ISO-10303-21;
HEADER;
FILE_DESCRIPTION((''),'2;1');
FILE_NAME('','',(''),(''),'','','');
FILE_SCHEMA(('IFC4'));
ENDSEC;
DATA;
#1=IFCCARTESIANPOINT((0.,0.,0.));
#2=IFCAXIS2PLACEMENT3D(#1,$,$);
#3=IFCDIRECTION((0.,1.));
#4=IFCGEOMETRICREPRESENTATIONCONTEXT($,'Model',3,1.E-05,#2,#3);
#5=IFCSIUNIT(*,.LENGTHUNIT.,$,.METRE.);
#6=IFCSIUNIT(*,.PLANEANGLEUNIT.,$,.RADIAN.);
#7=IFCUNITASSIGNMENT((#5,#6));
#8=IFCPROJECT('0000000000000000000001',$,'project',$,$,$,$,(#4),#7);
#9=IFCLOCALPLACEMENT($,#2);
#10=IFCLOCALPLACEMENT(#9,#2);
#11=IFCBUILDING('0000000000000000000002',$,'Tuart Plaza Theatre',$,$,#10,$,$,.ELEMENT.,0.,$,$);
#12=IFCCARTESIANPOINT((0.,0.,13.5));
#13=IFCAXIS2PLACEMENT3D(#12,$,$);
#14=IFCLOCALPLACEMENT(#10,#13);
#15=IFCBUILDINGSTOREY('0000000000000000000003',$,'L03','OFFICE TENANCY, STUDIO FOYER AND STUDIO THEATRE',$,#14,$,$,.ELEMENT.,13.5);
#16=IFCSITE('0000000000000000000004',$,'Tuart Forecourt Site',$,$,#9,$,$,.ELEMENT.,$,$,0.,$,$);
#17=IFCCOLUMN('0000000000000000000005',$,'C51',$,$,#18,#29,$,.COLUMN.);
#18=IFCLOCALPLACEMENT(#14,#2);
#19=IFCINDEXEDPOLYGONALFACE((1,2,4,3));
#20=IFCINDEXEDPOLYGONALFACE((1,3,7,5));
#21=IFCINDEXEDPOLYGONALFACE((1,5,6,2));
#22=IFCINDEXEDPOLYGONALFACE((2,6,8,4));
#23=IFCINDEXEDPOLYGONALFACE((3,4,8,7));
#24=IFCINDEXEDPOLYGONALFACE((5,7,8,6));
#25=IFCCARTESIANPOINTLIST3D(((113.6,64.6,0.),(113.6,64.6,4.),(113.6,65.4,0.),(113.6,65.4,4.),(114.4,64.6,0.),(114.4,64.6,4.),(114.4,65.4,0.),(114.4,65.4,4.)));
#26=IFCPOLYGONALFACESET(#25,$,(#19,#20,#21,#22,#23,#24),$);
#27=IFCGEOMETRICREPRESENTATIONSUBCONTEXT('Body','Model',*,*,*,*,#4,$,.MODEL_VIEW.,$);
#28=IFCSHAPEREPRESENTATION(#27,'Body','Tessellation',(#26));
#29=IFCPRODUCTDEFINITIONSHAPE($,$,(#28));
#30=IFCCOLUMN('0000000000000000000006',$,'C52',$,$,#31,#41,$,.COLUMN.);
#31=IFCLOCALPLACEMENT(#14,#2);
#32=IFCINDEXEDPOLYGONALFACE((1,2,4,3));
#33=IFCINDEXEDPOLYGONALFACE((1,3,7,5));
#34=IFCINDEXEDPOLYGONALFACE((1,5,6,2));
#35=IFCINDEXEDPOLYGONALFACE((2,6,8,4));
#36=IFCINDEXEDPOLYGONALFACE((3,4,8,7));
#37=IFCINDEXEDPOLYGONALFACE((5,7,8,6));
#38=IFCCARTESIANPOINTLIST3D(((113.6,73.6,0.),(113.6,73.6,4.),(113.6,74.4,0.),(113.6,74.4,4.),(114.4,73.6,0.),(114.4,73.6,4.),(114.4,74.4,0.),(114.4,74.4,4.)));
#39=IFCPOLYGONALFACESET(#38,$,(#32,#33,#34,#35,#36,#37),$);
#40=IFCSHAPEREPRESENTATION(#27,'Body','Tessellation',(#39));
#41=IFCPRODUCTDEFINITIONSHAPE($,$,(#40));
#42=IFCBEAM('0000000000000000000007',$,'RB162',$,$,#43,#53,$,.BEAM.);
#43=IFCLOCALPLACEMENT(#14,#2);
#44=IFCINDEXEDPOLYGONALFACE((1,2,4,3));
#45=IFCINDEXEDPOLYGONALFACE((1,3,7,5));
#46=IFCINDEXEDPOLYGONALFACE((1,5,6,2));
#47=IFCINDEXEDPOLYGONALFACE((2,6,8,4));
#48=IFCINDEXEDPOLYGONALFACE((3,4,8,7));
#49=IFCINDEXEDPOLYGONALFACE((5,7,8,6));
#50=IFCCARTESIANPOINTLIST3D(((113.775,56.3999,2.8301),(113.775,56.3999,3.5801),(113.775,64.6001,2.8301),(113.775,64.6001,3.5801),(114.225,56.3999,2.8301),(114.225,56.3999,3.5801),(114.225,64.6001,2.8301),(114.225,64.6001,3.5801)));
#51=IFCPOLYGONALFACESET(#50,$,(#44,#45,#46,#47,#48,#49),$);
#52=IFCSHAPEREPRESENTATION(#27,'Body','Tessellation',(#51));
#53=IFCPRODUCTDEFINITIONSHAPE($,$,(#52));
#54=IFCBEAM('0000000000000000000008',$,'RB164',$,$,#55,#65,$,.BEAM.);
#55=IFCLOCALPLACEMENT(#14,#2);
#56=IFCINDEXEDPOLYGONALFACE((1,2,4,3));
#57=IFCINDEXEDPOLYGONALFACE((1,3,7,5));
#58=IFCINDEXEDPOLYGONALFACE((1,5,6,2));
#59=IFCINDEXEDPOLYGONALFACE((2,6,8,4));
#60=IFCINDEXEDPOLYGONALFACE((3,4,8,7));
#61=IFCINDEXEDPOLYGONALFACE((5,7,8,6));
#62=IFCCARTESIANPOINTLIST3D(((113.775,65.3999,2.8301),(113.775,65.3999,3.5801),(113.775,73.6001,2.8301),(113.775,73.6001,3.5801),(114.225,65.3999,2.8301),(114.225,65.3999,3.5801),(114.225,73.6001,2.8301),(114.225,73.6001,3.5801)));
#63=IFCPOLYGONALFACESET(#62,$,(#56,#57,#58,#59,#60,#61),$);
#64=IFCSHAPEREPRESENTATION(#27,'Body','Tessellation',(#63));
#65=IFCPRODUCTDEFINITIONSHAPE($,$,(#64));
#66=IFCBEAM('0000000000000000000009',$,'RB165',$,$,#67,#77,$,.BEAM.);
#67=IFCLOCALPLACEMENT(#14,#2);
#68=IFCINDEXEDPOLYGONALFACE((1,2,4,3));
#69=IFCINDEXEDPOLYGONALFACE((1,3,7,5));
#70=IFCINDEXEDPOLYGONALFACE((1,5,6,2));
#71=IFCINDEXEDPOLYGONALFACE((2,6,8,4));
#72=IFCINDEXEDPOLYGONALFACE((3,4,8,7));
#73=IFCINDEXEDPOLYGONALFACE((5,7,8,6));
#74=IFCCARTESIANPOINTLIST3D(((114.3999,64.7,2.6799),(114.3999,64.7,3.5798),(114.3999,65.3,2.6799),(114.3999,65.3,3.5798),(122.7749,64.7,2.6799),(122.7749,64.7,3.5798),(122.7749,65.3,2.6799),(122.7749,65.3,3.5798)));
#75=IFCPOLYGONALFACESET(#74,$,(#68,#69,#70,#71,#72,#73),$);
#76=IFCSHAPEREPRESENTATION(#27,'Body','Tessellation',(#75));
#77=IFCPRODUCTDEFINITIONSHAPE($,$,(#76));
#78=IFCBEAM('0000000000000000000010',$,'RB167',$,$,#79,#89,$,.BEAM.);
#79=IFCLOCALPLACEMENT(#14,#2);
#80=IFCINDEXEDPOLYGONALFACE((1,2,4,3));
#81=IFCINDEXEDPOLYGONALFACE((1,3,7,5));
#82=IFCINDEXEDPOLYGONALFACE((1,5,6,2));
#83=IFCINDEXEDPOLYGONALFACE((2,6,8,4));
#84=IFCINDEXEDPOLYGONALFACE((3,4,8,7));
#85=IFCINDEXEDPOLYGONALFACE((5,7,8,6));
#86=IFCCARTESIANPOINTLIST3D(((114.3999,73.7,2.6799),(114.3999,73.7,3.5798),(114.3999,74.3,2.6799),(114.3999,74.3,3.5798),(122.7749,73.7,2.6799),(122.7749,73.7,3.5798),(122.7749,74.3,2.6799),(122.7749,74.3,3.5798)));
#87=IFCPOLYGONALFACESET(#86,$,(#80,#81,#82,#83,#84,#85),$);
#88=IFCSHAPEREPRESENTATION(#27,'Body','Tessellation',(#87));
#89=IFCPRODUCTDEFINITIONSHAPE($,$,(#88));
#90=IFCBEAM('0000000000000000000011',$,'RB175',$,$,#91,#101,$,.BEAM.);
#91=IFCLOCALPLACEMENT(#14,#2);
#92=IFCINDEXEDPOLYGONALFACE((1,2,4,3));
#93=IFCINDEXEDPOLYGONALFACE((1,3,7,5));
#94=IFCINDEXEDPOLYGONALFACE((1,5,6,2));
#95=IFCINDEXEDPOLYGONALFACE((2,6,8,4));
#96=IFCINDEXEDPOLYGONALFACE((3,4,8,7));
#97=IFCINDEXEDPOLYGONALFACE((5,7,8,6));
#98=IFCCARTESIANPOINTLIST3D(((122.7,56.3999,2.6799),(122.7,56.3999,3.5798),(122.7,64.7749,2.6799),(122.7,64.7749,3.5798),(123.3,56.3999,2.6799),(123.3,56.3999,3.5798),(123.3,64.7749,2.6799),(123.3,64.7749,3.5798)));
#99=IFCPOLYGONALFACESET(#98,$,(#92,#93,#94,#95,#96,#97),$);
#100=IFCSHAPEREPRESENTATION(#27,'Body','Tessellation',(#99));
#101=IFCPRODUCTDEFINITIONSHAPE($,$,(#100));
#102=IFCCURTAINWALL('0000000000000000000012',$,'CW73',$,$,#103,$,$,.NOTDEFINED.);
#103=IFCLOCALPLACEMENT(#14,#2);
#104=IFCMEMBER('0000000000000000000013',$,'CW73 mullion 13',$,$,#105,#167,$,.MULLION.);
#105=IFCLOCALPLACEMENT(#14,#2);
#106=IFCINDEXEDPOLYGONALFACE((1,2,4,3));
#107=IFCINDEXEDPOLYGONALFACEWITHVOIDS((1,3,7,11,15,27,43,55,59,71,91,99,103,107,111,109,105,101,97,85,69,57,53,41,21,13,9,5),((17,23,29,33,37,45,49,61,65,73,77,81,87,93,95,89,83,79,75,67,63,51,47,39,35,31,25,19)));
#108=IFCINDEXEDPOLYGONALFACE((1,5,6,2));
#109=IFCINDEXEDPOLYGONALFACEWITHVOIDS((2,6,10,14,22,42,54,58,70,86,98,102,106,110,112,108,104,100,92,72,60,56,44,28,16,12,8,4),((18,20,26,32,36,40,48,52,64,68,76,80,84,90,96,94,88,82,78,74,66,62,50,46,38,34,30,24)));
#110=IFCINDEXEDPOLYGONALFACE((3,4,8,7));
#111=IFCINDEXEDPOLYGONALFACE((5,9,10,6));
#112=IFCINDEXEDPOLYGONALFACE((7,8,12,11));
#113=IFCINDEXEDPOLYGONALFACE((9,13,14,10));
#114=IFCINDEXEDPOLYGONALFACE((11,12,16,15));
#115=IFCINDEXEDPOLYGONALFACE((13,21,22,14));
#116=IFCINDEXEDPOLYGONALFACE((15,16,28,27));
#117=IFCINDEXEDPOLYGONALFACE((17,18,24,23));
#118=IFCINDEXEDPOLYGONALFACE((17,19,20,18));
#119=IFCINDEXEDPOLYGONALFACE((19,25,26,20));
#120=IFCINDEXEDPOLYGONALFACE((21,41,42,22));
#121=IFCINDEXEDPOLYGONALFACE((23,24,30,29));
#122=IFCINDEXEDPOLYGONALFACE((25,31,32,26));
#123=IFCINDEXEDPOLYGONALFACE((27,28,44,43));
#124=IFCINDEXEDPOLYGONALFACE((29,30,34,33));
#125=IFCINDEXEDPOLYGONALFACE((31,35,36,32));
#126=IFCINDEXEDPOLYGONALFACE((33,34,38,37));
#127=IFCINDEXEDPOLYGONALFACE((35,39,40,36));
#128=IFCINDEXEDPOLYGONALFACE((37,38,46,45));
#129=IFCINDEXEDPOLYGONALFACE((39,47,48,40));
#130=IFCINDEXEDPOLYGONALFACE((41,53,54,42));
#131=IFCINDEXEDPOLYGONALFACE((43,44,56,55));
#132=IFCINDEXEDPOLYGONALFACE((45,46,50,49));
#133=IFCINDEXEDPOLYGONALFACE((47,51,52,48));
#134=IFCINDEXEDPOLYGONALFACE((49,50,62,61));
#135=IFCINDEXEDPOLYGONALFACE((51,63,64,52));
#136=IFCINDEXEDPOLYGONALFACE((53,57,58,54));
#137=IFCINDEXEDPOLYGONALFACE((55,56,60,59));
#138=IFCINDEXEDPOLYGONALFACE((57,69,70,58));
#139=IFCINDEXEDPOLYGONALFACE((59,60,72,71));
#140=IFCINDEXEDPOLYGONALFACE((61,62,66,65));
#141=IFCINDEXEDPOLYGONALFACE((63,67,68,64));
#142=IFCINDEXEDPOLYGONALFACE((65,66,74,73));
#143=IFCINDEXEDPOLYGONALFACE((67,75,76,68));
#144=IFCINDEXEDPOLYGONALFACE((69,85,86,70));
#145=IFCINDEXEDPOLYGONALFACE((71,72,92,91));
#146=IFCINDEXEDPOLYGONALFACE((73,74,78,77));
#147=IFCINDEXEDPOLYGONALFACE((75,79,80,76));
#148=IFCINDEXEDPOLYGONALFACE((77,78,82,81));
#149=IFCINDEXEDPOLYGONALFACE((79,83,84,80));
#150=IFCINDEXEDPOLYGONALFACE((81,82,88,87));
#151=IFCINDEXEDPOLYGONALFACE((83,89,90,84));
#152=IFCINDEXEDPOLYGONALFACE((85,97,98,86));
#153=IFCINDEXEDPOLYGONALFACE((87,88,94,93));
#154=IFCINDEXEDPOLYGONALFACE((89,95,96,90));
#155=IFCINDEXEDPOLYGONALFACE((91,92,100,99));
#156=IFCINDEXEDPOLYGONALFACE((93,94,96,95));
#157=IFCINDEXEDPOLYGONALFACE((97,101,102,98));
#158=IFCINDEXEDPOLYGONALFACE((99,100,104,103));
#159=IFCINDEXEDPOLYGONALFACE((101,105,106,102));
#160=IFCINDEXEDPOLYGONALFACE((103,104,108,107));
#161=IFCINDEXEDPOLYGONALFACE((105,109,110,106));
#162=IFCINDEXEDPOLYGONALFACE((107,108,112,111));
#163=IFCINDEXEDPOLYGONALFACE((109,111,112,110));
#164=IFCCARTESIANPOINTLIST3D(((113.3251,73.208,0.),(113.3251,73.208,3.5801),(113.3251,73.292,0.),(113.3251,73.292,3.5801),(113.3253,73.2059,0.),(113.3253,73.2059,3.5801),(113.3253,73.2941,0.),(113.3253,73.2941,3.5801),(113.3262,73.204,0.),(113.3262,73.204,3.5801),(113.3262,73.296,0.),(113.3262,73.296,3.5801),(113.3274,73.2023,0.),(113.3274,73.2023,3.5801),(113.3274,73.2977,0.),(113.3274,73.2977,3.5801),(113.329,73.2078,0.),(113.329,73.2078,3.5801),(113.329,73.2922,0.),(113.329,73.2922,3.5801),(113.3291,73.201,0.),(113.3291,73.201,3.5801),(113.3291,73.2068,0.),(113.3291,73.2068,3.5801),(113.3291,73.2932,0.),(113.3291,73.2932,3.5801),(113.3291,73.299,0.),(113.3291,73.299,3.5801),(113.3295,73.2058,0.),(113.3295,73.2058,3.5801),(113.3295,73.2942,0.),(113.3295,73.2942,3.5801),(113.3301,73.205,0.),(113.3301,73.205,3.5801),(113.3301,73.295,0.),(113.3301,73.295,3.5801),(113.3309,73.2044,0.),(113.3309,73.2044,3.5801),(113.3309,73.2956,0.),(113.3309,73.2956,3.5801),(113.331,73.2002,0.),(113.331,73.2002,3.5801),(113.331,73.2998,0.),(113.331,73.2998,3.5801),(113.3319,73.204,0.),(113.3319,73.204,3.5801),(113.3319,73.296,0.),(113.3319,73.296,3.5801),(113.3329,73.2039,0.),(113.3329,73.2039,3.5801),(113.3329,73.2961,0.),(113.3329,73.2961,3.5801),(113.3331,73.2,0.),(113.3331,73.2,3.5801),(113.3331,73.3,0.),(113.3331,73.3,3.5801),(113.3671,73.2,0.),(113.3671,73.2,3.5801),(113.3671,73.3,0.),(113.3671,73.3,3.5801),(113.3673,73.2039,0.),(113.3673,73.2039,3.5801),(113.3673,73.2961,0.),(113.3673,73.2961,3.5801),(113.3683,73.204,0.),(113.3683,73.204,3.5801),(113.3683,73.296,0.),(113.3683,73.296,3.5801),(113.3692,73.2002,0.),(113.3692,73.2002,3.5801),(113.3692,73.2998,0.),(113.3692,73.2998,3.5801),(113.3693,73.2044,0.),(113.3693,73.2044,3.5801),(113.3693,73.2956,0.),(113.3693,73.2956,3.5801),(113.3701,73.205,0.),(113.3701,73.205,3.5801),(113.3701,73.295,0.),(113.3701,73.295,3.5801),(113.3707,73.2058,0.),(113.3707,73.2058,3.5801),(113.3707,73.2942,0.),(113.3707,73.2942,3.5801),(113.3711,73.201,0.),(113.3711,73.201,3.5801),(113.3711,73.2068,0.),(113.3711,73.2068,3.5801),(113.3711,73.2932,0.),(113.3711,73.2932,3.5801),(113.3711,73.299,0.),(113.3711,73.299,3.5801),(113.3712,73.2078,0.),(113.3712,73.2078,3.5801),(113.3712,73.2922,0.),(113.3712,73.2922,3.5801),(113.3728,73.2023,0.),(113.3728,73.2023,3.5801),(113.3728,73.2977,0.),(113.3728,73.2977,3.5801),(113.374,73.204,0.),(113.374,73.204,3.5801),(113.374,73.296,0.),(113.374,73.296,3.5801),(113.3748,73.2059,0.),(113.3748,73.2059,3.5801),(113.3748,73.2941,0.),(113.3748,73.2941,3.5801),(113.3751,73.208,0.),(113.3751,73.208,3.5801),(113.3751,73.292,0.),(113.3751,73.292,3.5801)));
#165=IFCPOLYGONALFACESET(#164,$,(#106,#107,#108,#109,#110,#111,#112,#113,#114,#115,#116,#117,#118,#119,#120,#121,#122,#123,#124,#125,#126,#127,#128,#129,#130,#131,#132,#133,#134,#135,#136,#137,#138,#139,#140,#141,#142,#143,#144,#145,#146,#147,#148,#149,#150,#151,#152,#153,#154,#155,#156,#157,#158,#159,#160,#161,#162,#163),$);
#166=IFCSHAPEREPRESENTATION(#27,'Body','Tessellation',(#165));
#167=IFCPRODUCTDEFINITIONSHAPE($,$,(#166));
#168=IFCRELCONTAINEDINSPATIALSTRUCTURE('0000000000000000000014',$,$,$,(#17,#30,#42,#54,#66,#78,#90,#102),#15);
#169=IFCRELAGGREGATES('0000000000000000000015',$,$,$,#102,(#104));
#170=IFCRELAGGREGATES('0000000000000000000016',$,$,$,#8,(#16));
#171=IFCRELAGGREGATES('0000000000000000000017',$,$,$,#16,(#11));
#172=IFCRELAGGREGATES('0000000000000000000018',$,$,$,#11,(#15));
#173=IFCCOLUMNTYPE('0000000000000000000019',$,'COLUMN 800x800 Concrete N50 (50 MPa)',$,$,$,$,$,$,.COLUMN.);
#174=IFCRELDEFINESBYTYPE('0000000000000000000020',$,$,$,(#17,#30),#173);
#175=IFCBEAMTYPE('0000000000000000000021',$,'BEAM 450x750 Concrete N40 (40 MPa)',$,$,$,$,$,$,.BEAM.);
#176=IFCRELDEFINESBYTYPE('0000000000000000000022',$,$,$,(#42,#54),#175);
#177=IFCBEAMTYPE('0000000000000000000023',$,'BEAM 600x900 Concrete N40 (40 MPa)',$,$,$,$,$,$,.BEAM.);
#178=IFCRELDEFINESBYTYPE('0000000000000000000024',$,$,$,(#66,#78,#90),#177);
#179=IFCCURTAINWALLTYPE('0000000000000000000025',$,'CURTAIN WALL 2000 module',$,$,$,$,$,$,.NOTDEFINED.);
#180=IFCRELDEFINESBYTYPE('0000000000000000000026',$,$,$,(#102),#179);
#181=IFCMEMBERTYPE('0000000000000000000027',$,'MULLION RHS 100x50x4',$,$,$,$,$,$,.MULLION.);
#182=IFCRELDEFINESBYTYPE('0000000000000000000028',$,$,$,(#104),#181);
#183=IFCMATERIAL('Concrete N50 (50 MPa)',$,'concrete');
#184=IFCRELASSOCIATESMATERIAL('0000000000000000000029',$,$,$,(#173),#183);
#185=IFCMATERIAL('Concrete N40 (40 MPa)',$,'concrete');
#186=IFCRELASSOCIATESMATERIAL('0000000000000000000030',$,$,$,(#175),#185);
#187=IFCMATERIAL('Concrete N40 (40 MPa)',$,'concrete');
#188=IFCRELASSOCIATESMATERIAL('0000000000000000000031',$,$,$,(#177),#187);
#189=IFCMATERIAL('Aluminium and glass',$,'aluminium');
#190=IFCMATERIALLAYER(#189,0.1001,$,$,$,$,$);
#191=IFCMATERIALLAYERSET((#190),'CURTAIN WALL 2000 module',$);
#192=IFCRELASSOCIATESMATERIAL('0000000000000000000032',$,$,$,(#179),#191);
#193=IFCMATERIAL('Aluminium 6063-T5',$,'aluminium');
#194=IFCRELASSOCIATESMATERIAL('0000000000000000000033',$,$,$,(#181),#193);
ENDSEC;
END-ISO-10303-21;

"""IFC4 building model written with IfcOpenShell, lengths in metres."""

from ifc_helpers import new_model, si_unit, direction, frame, origin, origin_2d, place, context, subcontext, project, spatial, rectangle, hollow_rectangle, extrude, material, layer, layer_set, material_profile, profile_set, type_object, element, aggregate, save


model = new_model("IFC4")

# Units and contexts
model_context = context("Model", 3, precision=1e-05, world=origin(), true_north=direction((0.0, 1.0)))
body_context = subcontext(model_context, "Body", "Model", "MODEL_VIEW")
ifc_project = project(units=[si_unit("LENGTHUNIT", "METRE"), si_unit("PLANEANGLEUNIT", "RADIAN")], contexts=[model_context])

# Site, building, storey
site_placement = place(None, origin())
site = spatial("IfcSite", under=ifc_project, at=site_placement, Name="Tuart Forecourt Site", CompositionType="ELEMENT", RefElevation=0.0)
building_placement = place(site_placement, origin())
building = spatial("IfcBuilding", under=site, at=building_placement, Name="Tuart Plaza Theatre", CompositionType="ELEMENT", ElevationOfRefHeight=0.0)
storey_placement = place(building_placement, frame((0.0, 0.0, 13.5)))
storey = spatial("IfcBuildingStorey", under=building, at=storey_placement, Name="L03", Description="OFFICE TENANCY, STUDIO FOYER AND STUDIO THEATRE", CompositionType="ELEMENT", Elevation=13.5)

# Columns
ifc_material_1 = material(Name="Concrete N50 (50 MPa)", Category="concrete")
ifc_material_profile_1 = material_profile(ifc_material_1, rectangle(XDim=0.8, YDim=0.8, at=origin_2d()), Name="COLUMN 800x800 Concrete N50 (50 MPa)")
ifc_profile_set_1 = profile_set([ifc_material_profile_1], Name="Concrete N50 (50 MPa)")
column_type = type_object("IfcColumnType", Name="COLUMN 800x800 Concrete N50 (50 MPa)", PredefinedType="COLUMN", material=ifc_profile_set_1)
for number, where, z_axis, x_axis, name in (
    (1, (114.0, 65.0, 0.0), (0.0, 0.0, 1.0), (1.0, 0.0, 0.0), "C51"),
    (2, (114.0, 74.0, 0.0), (0.0, 0.0, 1.0), (1.0, 0.0, 0.0), "C52"),
):
    element("IfcColumn", number, at=place(storey_placement, frame(where, z_axis=z_axis, x_axis=x_axis)), inside=storey, type_object=column_type, Name=name, PredefinedType="COLUMN", context=body_context, shape_type="SweptSolid", body=[
        extrude(rectangle(XDim=0.8, YDim=0.8, at=origin_2d()), origin(), (0.0, 0.0, 1.0), 4.0),
    ])

# Beams
ifc_material_2 = material(Name="Concrete N40 (40 MPa)", Category="concrete")
ifc_material_profile_2 = material_profile(ifc_material_2, rectangle(XDim=0.45, YDim=0.75, at=origin_2d()), Name="BEAM 450x750 Concrete N40 (40 MPa)")
ifc_profile_set_2 = profile_set([ifc_material_profile_2], Name="Concrete N40 (40 MPa)")
beam_type_1 = type_object("IfcBeamType", Name="BEAM 450x750 Concrete N40 (40 MPa)", PredefinedType="BEAM", material=ifc_profile_set_2)
for number, where, z_axis, x_axis, name in (
    (3, (114.0, 56.3999, 3.2051), (0.0, 1.0, 0.0), (-1.0, 0.0, 0.0), "RB162"),
    (4, (114.0, 65.3999, 3.2051), (0.0, 1.0, 0.0), (-1.0, 0.0, 0.0), "RB164"),
):
    element("IfcBeam", number, at=place(storey_placement, frame(where, z_axis=z_axis, x_axis=x_axis)), inside=storey, type_object=beam_type_1, Name=name, PredefinedType="BEAM", context=body_context, shape_type="SweptSolid", body=[
        extrude(rectangle(XDim=0.45, YDim=0.75, at=origin_2d()), origin(), (0.0, 0.0, 1.0), 8.2002),
    ])
ifc_material_3 = material(Name="Concrete N40 (40 MPa)", Category="concrete")
ifc_material_profile_3 = material_profile(ifc_material_3, rectangle(XDim=0.6001, YDim=0.8999, at=origin_2d()), Name="BEAM 600x900 Concrete N40 (40 MPa)")
ifc_profile_set_3 = profile_set([ifc_material_profile_3], Name="Concrete N40 (40 MPa)")
beam_type_2 = type_object("IfcBeamType", Name="BEAM 600x900 Concrete N40 (40 MPa)", PredefinedType="BEAM", material=ifc_profile_set_3)
for number, where, z_axis, x_axis, name in (
    (5, (114.3999, 65.0, 3.1299), (1.0, 0.0, 0.0), (0.0, 1.0, 0.0), "RB165"),
    (6, (114.3999, 74.0, 3.1299), (1.0, 0.0, 0.0), (0.0, 1.0, 0.0), "RB167"),
    (7, (123.0, 56.3999, 3.1299), (0.0, 1.0, 0.0), (-1.0, 0.0, 0.0), "RB175"),
):
    element("IfcBeam", number, at=place(storey_placement, frame(where, z_axis=z_axis, x_axis=x_axis)), inside=storey, type_object=beam_type_2, Name=name, PredefinedType="BEAM", context=body_context, shape_type="SweptSolid", body=[
        extrude(rectangle(XDim=0.6001, YDim=0.8999, at=origin_2d()), origin(), (0.0, 0.0, 1.0), 8.375),
    ])

# Curtain wall, member
ifc_material_4 = material(Name="Aluminium and glass", Category="aluminium")
ifc_layer_1 = layer(ifc_material_4, 0.1001)
ifc_layer_set_1 = layer_set([ifc_layer_1], Name="CURTAIN WALL 2000 module")
curtain_wall_type = type_object("IfcCurtainWallType", Name="CURTAIN WALL 2000 module", PredefinedType="NOTDEFINED", material=ifc_layer_set_1)
curtain_wall_placement = place(storey_placement, origin())
curtain_wall = element("IfcCurtainWall", 8, at=curtain_wall_placement, inside=storey, type_object=curtain_wall_type, Name="CW73", PredefinedType="NOTDEFINED")
ifc_material_5 = material(Name="Aluminium 6063-T5", Category="aluminium")
ifc_material_profile_4 = material_profile(ifc_material_5, hollow_rectangle(XDim=0.05, YDim=0.1001, WallThickness=0.0039, InnerFilletRadius=0.0039, OuterFilletRadius=0.0081, at=origin_2d()), Name="RHS 100x50x4")
ifc_profile_set_4 = profile_set([ifc_material_profile_4], Name="Aluminium 6063-T5")
member_type_1 = type_object("IfcMemberType", Name="MULLION RHS 100x50x4", PredefinedType="MULLION", material=ifc_profile_set_4)
member_1_placement = place(storey_placement, frame((113.3501, 73.25, 0.0), z_axis=(0.0, 0.0, 1.0), x_axis=(1.0, 0.0, 0.0)))
member_1 = element("IfcMember", 9, at=member_1_placement, type_object=member_type_1, Name="CW73 mullion 13", PredefinedType="MULLION", context=body_context, shape_type="SweptSolid", body=[
    extrude(hollow_rectangle(XDim=0.05, YDim=0.1001, WallThickness=0.0039, InnerFilletRadius=0.0039, OuterFilletRadius=0.0081, at=origin_2d()), origin(), (0.0, 0.0, 1.0), 3.5801),
])
aggregate(curtain_wall, [member_1])

save(model, "model.ifc")
